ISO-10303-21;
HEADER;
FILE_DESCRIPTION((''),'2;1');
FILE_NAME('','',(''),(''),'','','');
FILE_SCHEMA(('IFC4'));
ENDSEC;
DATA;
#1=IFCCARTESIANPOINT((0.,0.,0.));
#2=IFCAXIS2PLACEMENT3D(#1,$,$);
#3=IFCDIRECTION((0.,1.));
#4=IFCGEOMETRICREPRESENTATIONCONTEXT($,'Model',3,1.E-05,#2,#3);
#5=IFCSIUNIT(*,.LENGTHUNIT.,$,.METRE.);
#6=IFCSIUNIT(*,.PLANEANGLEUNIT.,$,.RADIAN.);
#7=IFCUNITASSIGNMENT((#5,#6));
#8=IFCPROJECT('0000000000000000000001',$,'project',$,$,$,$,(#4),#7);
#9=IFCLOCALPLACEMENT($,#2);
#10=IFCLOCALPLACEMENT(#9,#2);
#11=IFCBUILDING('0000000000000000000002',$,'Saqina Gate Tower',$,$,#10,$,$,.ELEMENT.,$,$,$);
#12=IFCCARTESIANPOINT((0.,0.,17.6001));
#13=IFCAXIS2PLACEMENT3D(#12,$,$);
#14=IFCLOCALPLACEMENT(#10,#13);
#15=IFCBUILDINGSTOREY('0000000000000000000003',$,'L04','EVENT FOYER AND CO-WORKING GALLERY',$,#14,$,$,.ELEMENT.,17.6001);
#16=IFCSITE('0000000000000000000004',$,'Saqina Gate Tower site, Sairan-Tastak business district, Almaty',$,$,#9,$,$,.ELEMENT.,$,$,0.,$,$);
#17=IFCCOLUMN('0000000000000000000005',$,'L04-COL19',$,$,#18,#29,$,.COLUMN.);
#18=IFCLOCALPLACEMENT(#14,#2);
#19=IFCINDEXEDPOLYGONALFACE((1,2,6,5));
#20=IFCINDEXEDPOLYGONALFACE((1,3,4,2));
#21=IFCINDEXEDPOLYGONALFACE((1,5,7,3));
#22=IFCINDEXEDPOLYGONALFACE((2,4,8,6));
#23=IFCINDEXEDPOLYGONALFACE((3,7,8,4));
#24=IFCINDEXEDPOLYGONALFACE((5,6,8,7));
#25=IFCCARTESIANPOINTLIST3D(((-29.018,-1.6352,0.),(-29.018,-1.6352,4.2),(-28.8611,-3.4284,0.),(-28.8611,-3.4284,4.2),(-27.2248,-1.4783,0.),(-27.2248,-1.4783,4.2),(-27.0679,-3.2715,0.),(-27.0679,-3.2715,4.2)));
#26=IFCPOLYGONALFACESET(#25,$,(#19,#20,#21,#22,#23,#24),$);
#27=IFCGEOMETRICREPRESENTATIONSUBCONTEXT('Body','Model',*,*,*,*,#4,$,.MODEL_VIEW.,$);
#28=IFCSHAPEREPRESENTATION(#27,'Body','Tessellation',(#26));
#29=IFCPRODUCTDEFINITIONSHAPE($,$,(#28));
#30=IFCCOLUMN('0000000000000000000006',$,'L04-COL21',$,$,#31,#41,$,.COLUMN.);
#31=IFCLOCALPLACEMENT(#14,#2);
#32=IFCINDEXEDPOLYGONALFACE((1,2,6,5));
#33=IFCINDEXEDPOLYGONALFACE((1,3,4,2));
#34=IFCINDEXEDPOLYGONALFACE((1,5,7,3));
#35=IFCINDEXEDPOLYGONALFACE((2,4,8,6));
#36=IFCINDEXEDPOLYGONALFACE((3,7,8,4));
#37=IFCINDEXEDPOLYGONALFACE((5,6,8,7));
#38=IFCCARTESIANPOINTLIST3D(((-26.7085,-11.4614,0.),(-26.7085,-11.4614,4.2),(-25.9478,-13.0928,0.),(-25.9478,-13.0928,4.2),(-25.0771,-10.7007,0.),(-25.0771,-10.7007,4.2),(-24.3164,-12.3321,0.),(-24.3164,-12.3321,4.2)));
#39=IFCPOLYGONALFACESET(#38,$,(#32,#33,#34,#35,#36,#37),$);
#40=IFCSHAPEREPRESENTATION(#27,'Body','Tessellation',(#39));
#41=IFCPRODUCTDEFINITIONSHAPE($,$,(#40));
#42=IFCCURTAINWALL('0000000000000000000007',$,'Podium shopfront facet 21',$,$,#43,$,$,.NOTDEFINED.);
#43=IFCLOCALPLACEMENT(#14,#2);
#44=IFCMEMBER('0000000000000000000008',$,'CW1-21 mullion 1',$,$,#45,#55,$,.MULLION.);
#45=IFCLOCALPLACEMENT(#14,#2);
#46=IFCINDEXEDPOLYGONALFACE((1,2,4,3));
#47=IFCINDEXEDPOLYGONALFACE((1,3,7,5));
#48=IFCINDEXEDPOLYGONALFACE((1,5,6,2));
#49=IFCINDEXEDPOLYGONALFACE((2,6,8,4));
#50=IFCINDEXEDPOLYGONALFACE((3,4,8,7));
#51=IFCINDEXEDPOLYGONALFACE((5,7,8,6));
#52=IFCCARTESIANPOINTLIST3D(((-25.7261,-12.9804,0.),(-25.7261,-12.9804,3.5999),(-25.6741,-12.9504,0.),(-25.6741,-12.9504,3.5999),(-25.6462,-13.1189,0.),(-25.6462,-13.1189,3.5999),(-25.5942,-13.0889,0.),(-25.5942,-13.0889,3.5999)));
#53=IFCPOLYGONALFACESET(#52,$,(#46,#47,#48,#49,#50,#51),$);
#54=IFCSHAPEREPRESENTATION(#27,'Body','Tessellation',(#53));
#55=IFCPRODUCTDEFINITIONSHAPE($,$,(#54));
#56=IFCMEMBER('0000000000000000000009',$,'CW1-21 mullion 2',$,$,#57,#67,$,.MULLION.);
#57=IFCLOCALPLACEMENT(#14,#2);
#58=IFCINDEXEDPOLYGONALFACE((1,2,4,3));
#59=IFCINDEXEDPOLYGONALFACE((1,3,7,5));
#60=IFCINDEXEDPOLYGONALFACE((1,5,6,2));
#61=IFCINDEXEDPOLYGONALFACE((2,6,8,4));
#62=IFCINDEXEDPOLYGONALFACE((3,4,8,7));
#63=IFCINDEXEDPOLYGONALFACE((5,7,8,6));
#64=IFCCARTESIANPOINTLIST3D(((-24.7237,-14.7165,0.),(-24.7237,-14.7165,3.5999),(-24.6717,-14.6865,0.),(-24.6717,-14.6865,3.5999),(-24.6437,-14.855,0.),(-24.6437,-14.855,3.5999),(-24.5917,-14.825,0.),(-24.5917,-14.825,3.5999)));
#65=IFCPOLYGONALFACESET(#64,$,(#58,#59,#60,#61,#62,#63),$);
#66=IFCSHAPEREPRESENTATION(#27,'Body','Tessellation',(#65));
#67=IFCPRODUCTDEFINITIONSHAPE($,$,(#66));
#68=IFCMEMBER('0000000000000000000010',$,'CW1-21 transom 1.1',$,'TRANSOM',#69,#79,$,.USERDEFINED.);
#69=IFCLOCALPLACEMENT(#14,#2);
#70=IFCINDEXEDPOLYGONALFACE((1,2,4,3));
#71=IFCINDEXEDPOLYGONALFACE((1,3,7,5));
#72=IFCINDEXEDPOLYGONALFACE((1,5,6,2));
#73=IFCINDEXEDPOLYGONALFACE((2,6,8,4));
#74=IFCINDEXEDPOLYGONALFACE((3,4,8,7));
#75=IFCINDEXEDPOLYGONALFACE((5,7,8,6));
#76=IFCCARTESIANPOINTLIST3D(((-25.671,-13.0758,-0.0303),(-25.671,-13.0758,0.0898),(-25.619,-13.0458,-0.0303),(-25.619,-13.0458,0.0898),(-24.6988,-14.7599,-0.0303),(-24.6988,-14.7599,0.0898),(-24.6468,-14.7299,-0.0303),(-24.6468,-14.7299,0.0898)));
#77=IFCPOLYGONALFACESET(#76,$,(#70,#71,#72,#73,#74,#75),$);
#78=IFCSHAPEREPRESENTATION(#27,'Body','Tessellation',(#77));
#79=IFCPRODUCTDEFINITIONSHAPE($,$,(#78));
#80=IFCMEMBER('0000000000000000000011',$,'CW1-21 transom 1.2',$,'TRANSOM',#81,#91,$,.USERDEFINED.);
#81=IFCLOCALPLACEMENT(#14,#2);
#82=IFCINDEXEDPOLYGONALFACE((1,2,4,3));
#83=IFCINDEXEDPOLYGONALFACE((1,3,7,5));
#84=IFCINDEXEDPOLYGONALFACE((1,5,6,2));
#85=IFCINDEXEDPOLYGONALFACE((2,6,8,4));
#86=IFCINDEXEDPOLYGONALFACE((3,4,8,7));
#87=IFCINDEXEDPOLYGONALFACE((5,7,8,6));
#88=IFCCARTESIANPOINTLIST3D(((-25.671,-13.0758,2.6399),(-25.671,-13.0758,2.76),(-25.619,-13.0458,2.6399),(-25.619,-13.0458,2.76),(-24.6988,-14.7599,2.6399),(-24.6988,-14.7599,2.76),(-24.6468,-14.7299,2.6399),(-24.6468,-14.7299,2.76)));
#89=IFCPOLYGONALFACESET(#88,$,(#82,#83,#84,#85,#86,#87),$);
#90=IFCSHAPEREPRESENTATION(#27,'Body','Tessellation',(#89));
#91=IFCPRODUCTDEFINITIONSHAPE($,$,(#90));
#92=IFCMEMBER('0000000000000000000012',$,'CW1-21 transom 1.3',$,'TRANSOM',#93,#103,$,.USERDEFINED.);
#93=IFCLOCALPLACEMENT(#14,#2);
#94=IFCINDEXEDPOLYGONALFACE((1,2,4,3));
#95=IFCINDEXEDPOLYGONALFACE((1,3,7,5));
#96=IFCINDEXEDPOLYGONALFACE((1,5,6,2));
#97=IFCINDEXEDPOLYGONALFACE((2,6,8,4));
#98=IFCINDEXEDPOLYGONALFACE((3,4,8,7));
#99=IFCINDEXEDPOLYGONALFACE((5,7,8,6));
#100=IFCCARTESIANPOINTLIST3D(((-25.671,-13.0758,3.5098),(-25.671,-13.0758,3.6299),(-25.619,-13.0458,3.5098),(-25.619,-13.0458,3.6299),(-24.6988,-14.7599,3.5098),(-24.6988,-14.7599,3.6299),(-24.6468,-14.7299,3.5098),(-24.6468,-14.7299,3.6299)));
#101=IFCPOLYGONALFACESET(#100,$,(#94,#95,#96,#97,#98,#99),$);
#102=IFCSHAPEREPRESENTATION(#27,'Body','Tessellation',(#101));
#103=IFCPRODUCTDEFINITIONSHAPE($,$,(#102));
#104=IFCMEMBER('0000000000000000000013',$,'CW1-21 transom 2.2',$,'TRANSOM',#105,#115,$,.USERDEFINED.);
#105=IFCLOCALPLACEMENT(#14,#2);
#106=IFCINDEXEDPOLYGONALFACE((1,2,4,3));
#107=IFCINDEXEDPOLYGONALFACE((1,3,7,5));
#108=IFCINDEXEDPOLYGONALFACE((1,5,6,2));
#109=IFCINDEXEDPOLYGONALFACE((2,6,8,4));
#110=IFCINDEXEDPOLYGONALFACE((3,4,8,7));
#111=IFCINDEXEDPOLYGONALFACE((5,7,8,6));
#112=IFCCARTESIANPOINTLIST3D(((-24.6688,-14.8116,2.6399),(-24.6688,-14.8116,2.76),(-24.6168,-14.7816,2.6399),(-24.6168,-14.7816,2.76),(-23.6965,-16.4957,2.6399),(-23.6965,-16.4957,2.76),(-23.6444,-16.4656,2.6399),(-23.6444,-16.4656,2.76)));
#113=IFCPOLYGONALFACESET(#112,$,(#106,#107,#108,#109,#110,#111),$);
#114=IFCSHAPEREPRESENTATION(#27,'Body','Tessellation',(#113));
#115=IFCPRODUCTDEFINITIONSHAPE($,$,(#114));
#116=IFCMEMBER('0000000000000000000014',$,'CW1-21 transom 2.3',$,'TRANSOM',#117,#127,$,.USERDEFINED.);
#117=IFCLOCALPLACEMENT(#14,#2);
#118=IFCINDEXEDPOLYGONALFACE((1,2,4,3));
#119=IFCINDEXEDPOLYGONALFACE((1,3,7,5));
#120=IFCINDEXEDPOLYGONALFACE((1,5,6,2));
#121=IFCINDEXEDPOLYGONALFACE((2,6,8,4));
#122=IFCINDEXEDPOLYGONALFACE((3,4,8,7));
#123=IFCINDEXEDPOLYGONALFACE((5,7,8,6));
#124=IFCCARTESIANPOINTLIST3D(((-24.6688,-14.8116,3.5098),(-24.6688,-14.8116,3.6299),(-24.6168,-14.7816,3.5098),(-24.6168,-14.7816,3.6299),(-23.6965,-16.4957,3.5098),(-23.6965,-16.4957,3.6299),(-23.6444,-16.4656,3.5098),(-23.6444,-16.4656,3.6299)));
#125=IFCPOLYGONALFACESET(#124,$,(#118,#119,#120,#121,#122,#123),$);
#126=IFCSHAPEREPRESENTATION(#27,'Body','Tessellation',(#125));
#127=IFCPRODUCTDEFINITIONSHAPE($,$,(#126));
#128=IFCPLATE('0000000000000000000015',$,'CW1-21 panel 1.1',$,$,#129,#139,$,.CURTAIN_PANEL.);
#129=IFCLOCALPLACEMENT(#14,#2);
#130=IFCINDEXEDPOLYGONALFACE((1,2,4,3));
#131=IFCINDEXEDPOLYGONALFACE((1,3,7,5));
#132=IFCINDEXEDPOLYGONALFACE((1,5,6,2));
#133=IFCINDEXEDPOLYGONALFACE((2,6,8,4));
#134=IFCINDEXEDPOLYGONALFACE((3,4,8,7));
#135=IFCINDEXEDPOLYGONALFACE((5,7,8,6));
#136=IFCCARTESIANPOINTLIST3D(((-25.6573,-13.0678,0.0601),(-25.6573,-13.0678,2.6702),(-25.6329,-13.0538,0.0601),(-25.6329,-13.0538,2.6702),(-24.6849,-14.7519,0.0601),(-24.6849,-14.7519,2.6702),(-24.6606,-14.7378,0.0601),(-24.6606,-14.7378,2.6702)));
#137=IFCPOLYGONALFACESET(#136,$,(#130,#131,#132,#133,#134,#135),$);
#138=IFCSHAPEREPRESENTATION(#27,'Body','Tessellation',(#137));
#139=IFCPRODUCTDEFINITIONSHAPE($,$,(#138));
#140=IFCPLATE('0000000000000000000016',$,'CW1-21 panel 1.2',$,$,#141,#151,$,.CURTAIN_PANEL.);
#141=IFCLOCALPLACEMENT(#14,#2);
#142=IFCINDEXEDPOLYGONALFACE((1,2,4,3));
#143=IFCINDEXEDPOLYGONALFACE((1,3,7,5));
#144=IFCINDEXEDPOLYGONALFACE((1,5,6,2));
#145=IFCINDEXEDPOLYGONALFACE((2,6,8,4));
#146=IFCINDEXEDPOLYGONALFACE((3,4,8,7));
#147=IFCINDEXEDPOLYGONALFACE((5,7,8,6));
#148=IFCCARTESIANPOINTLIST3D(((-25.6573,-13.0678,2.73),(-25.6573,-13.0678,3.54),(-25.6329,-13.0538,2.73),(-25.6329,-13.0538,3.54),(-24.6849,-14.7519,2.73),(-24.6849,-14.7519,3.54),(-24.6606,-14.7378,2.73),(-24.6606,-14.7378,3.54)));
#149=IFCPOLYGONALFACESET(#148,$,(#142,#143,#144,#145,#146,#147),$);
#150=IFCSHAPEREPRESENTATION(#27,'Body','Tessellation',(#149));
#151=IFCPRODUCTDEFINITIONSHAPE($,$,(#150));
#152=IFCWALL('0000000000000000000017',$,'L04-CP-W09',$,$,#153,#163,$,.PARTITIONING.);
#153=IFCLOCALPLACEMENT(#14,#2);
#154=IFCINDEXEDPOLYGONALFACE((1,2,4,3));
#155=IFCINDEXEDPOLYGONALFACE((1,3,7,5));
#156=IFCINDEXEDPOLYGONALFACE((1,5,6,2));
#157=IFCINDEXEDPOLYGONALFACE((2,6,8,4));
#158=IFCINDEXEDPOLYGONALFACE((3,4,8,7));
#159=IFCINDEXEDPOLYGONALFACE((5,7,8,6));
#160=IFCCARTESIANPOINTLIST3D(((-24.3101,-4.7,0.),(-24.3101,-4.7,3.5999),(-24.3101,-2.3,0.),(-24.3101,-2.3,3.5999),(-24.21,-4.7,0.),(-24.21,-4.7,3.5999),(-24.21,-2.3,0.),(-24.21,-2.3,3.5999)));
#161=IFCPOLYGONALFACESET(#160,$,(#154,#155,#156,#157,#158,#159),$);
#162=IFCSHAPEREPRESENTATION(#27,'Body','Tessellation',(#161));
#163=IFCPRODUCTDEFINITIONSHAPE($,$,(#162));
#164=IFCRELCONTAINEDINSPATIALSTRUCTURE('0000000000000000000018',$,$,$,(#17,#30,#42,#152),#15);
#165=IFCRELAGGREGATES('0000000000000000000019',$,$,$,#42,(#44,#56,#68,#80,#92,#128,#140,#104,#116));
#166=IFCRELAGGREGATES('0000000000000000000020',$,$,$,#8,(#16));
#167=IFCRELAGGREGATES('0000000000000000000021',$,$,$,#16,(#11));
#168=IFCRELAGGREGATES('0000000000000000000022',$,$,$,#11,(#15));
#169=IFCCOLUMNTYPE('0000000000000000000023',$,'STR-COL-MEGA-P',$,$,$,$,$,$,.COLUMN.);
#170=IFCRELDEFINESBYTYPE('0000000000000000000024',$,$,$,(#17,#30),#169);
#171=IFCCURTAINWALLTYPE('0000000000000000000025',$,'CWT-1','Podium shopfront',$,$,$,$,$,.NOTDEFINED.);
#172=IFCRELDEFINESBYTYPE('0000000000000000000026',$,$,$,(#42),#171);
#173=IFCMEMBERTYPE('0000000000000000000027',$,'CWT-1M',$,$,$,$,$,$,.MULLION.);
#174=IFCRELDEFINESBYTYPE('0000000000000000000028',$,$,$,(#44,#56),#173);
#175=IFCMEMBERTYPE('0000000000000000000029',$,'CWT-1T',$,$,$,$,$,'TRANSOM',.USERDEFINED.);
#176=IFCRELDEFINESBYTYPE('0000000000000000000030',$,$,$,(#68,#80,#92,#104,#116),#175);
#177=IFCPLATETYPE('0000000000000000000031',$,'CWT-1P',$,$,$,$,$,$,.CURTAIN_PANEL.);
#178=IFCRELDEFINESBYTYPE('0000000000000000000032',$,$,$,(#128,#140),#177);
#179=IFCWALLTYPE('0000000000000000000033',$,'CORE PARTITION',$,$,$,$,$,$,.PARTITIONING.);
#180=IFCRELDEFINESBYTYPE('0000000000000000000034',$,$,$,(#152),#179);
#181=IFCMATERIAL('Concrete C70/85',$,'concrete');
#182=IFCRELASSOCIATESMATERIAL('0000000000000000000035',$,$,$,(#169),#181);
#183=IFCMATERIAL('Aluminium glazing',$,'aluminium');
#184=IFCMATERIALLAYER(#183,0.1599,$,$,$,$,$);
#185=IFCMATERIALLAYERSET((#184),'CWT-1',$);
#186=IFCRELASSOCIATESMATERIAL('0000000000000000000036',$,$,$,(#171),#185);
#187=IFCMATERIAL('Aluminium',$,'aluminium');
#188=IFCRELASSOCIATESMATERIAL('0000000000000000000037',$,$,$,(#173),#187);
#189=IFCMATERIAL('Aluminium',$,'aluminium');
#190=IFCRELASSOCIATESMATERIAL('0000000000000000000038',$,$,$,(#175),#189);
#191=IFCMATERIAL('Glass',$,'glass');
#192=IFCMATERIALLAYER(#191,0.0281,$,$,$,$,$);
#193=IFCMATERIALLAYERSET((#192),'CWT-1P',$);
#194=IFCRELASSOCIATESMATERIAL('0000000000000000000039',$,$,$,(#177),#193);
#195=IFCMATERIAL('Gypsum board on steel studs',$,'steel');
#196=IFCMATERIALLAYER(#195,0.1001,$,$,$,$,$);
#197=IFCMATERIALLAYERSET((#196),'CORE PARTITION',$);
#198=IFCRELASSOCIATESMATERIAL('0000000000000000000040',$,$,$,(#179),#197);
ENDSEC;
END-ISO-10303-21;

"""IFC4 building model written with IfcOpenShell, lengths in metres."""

from ifc_helpers import new_model, si_unit, direction, frame, frame_2d, origin, origin_2d, place, context, subcontext, project, spatial, rectangle, extrude, material, layer, layer_set, material_profile, profile_set, type_object, element, aggregate, save


model = new_model("IFC4")

# Units and contexts
model_context = context("Model", 3, precision=1e-05, world=origin(), true_north=direction((0.0, 1.0)))
body_context = subcontext(model_context, "Body", "Model", "MODEL_VIEW")
ifc_project = project(units=[si_unit("LENGTHUNIT", "METRE"), si_unit("PLANEANGLEUNIT", "RADIAN")], contexts=[model_context])

# Site, building, storey
site_placement = place(None, origin())
site = spatial("IfcSite", under=ifc_project, at=site_placement, Name="Saqina Gate Tower site, Sairan-Tastak business district, Almaty", CompositionType="ELEMENT", RefElevation=0.0)
building_placement = place(site_placement, origin())
building = spatial("IfcBuilding", under=site, at=building_placement, Name="Saqina Gate Tower", CompositionType="ELEMENT")
storey_placement = place(building_placement, frame((0.0, 0.0, 17.6001)))
storey = spatial("IfcBuildingStorey", under=building, at=storey_placement, Name="L04", Description="EVENT FOYER AND CO-WORKING GALLERY", CompositionType="ELEMENT", Elevation=17.6001)

# Columns
ifc_material_1 = material(Name="Concrete C70/85", Category="concrete")
ifc_material_profile_1 = material_profile(ifc_material_1, rectangle(XDim=1.8, YDim=1.8, at=origin_2d()), Name="RC 1800x1800")
ifc_profile_set_1 = profile_set([ifc_material_profile_1], Name="Concrete C70/85")
column_type = type_object("IfcColumnType", Name="STR-COL-MEGA-P", PredefinedType="COLUMN", material=ifc_profile_set_1)
for number, where, z_axis, x_axis, name in (
    (1, (-28.043, -2.4534, 0.0), (0.0, 0.0, 1.0), (-0.996195, -0.087156, 0.0), "L04-COL19"),
    (2, (-25.5125, -11.8967, 0.0), (0.0, 0.0, 1.0), (-0.906308, -0.422618, 0.0), "L04-COL21"),
):
    element("IfcColumn", number, at=place(storey_placement, frame(where, z_axis=z_axis, x_axis=x_axis)), inside=storey, type_object=column_type, Name=name, PredefinedType="COLUMN", context=body_context, shape_type="SweptSolid", body=[
        extrude(rectangle(XDim=1.8, YDim=1.8, at=origin_2d()), origin(), (0.0, 0.0, 1.0), 4.2),
    ])

# Curtain wall, members, plates
ifc_material_2 = material(Name="Aluminium glazing", Category="aluminium")
ifc_layer_1 = layer(ifc_material_2, 0.1599)
ifc_layer_set_1 = layer_set([ifc_layer_1], Name="CWT-1")
curtain_wall_type = type_object("IfcCurtainWallType", Name="CWT-1", Description="Podium shopfront", PredefinedType="NOTDEFINED", material=ifc_layer_set_1)
curtain_wall_placement = place(storey_placement, origin())
curtain_wall = element("IfcCurtainWall", 3, at=curtain_wall_placement, inside=storey, type_object=curtain_wall_type, Name="Podium shopfront facet 21", PredefinedType="NOTDEFINED")
ifc_material_3 = material(Name="Aluminium", Category="aluminium")
ifc_material_profile_2 = material_profile(ifc_material_3, rectangle(XDim=0.0601, YDim=0.1599, at=origin_2d()), Name="Aluminium 60x160")
ifc_profile_set_2 = profile_set([ifc_material_profile_2], Name="Aluminium")
member_type_1 = type_object("IfcMemberType", Name="CWT-1M", PredefinedType="MULLION", material=ifc_profile_set_2)
member_1_placement = place(storey_placement, frame((-25.6602, -13.0347, 0.0), z_axis=(0.0, 0.0, 1.0), x_axis=(0.866017, 0.500014, 0.0)))
member_1 = element("IfcMember", 4, at=member_1_placement, type_object=member_type_1, Name="CW1-21 mullion 1", PredefinedType="MULLION", context=body_context, shape_type="SweptSolid", body=[
    extrude(rectangle(XDim=0.0601, YDim=0.1599, at=origin_2d()), origin(), (0.0, 0.0, 1.0), 3.5999),
])
member_2_placement = place(storey_placement, frame((-24.6577, -14.7708, 0.0), z_axis=(0.0, 0.0, 1.0), x_axis=(0.866017, 0.500014, 0.0)))
member_2 = element("IfcMember", 5, at=member_2_placement, type_object=member_type_1, Name="CW1-21 mullion 2", PredefinedType="MULLION", context=body_context, shape_type="SweptSolid", body=[
    extrude(rectangle(XDim=0.0601, YDim=0.1599, at=origin_2d()), origin(), (0.0, 0.0, 1.0), 3.5999),
])
ifc_material_4 = material(Name="Aluminium", Category="aluminium")
ifc_material_profile_3 = material_profile(ifc_material_4, rectangle(XDim=0.0601, YDim=0.1201, at=origin_2d()), Name="Aluminium 60x120")
ifc_profile_set_3 = profile_set([ifc_material_profile_3], Name="Aluminium")
member_type_2 = type_object("IfcMemberType", Name="CWT-1T", ElementType="TRANSOM", PredefinedType="USERDEFINED", material=ifc_profile_set_3)
member_3_placement = place(storey_placement, frame((-25.645, -13.0608, 0.0298), z_axis=(0.499947, -0.866056, 0.0), x_axis=(0.866056, 0.499947, 0.0)))
member_3 = element("IfcMember", 6, at=member_3_placement, type_object=member_type_2, Name="CW1-21 transom 1.1", ObjectType="TRANSOM", PredefinedType="USERDEFINED", context=body_context, shape_type="SweptSolid", body=[
    extrude(rectangle(XDim=0.0601, YDim=0.1201, at=origin_2d()), origin(), (0.0, 0.0, 1.0), 1.9446),
])
member_4_placement = place(storey_placement, frame((-25.645, -13.0608, 2.7), z_axis=(0.499947, -0.866056, 0.0), x_axis=(0.866056, 0.499947, 0.0)))
member_4 = element("IfcMember", 7, at=member_4_placement, type_object=member_type_2, Name="CW1-21 transom 1.2", ObjectType="TRANSOM", PredefinedType="USERDEFINED", context=body_context, shape_type="SweptSolid", body=[
    extrude(rectangle(XDim=0.0601, YDim=0.1201, at=origin_2d()), origin(), (0.0, 0.0, 1.0), 1.9446),
])
member_5_placement = place(storey_placement, frame((-25.645, -13.0608, 3.5698), z_axis=(0.499947, -0.866056, 0.0), x_axis=(0.866056, 0.499947, 0.0)))
member_5 = element("IfcMember", 8, at=member_5_placement, type_object=member_type_2, Name="CW1-21 transom 1.3", ObjectType="TRANSOM", PredefinedType="USERDEFINED", context=body_context, shape_type="SweptSolid", body=[
    extrude(rectangle(XDim=0.0601, YDim=0.1201, at=origin_2d()), origin(), (0.0, 0.0, 1.0), 1.9446),
])
member_6_placement = place(storey_placement, frame((-24.6428, -14.7966, 2.7), z_axis=(0.500041, -0.866002, 0.0), x_axis=(0.866002, 0.500041, 0.0)))
member_6 = element("IfcMember", 9, at=member_6_placement, type_object=member_type_2, Name="CW1-21 transom 2.2", ObjectType="TRANSOM", PredefinedType="USERDEFINED", context=body_context, shape_type="SweptSolid", body=[
    extrude(rectangle(XDim=0.0601, YDim=0.1201, at=origin_2d()), origin(), (0.0, 0.0, 1.0), 1.9446),
])
member_7_placement = place(storey_placement, frame((-24.6428, -14.7966, 3.5698), z_axis=(0.500041, -0.866002, 0.0), x_axis=(0.866002, 0.500041, 0.0)))
member_7 = element("IfcMember", 10, at=member_7_placement, type_object=member_type_2, Name="CW1-21 transom 2.3", ObjectType="TRANSOM", PredefinedType="USERDEFINED", context=body_context, shape_type="SweptSolid", body=[
    extrude(rectangle(XDim=0.0601, YDim=0.1201, at=origin_2d()), origin(), (0.0, 0.0, 1.0), 1.9446),
])
ifc_material_5 = material(Name="Glass", Category="glass")
ifc_layer_2 = layer(ifc_material_5, 0.0281)
ifc_layer_set_2 = layer_set([ifc_layer_2], Name="CWT-1P")
plate_type = type_object("IfcPlateType", Name="CWT-1P", PredefinedType="CURTAIN_PANEL", material=ifc_layer_set_2)
plate_1_placement = place(storey_placement, frame((-25.1589, -13.9028, 0.0601), z_axis=(0.0, 0.0, 1.0), x_axis=(0.500014, -0.866017, 0.0)))
plate_1 = element("IfcPlate", 11, at=plate_1_placement, type_object=plate_type, Name="CW1-21 panel 1.1", PredefinedType="CURTAIN_PANEL", context=body_context, shape_type="SweptSolid", body=[
    extrude(rectangle(XDim=1.9446, YDim=0.0281, at=origin_2d()), origin(), (0.0, 0.0, 1.0), 2.6101),
])
plate_2_placement = place(storey_placement, frame((-25.1589, -13.9028, 2.73), z_axis=(0.0, 0.0, 1.0), x_axis=(0.500014, -0.866017, 0.0)))
plate_2 = element("IfcPlate", 12, at=plate_2_placement, type_object=plate_type, Name="CW1-21 panel 1.2", PredefinedType="CURTAIN_PANEL", context=body_context, shape_type="SweptSolid", body=[
    extrude(rectangle(XDim=1.9446, YDim=0.0281, at=origin_2d()), origin(), (0.0, 0.0, 1.0), 0.8101),
])
aggregate(curtain_wall, [member_1, member_2, member_3, member_4, member_5, plate_1, plate_2, member_6, member_7])

# Wall
ifc_material_6 = material(Name="Gypsum board on steel studs", Category="steel")
ifc_layer_3 = layer(ifc_material_6, 0.1001)
ifc_layer_set_3 = layer_set([ifc_layer_3], Name="CORE PARTITION")
wall_type_1 = type_object("IfcWallType", Name="CORE PARTITION", PredefinedType="PARTITIONING", material=ifc_layer_set_3)
wall_1_placement = place(storey_placement, frame((-24.26, -4.7, 0.0), z_axis=(0.0, 0.0, 1.0), x_axis=(0.0, 1.0, 0.0)))
element("IfcWall", 13, at=wall_1_placement, inside=storey, type_object=wall_type_1, Name="L04-CP-W09", PredefinedType="PARTITIONING", context=body_context, shape_type="SweptSolid", body=[
    extrude(rectangle(XDim=2.3999, YDim=0.1001, at=frame_2d((1.2, 0.0))), origin(), (0.0, 0.0, 1.0), 3.5999),
])

save(model, "model.ifc")
